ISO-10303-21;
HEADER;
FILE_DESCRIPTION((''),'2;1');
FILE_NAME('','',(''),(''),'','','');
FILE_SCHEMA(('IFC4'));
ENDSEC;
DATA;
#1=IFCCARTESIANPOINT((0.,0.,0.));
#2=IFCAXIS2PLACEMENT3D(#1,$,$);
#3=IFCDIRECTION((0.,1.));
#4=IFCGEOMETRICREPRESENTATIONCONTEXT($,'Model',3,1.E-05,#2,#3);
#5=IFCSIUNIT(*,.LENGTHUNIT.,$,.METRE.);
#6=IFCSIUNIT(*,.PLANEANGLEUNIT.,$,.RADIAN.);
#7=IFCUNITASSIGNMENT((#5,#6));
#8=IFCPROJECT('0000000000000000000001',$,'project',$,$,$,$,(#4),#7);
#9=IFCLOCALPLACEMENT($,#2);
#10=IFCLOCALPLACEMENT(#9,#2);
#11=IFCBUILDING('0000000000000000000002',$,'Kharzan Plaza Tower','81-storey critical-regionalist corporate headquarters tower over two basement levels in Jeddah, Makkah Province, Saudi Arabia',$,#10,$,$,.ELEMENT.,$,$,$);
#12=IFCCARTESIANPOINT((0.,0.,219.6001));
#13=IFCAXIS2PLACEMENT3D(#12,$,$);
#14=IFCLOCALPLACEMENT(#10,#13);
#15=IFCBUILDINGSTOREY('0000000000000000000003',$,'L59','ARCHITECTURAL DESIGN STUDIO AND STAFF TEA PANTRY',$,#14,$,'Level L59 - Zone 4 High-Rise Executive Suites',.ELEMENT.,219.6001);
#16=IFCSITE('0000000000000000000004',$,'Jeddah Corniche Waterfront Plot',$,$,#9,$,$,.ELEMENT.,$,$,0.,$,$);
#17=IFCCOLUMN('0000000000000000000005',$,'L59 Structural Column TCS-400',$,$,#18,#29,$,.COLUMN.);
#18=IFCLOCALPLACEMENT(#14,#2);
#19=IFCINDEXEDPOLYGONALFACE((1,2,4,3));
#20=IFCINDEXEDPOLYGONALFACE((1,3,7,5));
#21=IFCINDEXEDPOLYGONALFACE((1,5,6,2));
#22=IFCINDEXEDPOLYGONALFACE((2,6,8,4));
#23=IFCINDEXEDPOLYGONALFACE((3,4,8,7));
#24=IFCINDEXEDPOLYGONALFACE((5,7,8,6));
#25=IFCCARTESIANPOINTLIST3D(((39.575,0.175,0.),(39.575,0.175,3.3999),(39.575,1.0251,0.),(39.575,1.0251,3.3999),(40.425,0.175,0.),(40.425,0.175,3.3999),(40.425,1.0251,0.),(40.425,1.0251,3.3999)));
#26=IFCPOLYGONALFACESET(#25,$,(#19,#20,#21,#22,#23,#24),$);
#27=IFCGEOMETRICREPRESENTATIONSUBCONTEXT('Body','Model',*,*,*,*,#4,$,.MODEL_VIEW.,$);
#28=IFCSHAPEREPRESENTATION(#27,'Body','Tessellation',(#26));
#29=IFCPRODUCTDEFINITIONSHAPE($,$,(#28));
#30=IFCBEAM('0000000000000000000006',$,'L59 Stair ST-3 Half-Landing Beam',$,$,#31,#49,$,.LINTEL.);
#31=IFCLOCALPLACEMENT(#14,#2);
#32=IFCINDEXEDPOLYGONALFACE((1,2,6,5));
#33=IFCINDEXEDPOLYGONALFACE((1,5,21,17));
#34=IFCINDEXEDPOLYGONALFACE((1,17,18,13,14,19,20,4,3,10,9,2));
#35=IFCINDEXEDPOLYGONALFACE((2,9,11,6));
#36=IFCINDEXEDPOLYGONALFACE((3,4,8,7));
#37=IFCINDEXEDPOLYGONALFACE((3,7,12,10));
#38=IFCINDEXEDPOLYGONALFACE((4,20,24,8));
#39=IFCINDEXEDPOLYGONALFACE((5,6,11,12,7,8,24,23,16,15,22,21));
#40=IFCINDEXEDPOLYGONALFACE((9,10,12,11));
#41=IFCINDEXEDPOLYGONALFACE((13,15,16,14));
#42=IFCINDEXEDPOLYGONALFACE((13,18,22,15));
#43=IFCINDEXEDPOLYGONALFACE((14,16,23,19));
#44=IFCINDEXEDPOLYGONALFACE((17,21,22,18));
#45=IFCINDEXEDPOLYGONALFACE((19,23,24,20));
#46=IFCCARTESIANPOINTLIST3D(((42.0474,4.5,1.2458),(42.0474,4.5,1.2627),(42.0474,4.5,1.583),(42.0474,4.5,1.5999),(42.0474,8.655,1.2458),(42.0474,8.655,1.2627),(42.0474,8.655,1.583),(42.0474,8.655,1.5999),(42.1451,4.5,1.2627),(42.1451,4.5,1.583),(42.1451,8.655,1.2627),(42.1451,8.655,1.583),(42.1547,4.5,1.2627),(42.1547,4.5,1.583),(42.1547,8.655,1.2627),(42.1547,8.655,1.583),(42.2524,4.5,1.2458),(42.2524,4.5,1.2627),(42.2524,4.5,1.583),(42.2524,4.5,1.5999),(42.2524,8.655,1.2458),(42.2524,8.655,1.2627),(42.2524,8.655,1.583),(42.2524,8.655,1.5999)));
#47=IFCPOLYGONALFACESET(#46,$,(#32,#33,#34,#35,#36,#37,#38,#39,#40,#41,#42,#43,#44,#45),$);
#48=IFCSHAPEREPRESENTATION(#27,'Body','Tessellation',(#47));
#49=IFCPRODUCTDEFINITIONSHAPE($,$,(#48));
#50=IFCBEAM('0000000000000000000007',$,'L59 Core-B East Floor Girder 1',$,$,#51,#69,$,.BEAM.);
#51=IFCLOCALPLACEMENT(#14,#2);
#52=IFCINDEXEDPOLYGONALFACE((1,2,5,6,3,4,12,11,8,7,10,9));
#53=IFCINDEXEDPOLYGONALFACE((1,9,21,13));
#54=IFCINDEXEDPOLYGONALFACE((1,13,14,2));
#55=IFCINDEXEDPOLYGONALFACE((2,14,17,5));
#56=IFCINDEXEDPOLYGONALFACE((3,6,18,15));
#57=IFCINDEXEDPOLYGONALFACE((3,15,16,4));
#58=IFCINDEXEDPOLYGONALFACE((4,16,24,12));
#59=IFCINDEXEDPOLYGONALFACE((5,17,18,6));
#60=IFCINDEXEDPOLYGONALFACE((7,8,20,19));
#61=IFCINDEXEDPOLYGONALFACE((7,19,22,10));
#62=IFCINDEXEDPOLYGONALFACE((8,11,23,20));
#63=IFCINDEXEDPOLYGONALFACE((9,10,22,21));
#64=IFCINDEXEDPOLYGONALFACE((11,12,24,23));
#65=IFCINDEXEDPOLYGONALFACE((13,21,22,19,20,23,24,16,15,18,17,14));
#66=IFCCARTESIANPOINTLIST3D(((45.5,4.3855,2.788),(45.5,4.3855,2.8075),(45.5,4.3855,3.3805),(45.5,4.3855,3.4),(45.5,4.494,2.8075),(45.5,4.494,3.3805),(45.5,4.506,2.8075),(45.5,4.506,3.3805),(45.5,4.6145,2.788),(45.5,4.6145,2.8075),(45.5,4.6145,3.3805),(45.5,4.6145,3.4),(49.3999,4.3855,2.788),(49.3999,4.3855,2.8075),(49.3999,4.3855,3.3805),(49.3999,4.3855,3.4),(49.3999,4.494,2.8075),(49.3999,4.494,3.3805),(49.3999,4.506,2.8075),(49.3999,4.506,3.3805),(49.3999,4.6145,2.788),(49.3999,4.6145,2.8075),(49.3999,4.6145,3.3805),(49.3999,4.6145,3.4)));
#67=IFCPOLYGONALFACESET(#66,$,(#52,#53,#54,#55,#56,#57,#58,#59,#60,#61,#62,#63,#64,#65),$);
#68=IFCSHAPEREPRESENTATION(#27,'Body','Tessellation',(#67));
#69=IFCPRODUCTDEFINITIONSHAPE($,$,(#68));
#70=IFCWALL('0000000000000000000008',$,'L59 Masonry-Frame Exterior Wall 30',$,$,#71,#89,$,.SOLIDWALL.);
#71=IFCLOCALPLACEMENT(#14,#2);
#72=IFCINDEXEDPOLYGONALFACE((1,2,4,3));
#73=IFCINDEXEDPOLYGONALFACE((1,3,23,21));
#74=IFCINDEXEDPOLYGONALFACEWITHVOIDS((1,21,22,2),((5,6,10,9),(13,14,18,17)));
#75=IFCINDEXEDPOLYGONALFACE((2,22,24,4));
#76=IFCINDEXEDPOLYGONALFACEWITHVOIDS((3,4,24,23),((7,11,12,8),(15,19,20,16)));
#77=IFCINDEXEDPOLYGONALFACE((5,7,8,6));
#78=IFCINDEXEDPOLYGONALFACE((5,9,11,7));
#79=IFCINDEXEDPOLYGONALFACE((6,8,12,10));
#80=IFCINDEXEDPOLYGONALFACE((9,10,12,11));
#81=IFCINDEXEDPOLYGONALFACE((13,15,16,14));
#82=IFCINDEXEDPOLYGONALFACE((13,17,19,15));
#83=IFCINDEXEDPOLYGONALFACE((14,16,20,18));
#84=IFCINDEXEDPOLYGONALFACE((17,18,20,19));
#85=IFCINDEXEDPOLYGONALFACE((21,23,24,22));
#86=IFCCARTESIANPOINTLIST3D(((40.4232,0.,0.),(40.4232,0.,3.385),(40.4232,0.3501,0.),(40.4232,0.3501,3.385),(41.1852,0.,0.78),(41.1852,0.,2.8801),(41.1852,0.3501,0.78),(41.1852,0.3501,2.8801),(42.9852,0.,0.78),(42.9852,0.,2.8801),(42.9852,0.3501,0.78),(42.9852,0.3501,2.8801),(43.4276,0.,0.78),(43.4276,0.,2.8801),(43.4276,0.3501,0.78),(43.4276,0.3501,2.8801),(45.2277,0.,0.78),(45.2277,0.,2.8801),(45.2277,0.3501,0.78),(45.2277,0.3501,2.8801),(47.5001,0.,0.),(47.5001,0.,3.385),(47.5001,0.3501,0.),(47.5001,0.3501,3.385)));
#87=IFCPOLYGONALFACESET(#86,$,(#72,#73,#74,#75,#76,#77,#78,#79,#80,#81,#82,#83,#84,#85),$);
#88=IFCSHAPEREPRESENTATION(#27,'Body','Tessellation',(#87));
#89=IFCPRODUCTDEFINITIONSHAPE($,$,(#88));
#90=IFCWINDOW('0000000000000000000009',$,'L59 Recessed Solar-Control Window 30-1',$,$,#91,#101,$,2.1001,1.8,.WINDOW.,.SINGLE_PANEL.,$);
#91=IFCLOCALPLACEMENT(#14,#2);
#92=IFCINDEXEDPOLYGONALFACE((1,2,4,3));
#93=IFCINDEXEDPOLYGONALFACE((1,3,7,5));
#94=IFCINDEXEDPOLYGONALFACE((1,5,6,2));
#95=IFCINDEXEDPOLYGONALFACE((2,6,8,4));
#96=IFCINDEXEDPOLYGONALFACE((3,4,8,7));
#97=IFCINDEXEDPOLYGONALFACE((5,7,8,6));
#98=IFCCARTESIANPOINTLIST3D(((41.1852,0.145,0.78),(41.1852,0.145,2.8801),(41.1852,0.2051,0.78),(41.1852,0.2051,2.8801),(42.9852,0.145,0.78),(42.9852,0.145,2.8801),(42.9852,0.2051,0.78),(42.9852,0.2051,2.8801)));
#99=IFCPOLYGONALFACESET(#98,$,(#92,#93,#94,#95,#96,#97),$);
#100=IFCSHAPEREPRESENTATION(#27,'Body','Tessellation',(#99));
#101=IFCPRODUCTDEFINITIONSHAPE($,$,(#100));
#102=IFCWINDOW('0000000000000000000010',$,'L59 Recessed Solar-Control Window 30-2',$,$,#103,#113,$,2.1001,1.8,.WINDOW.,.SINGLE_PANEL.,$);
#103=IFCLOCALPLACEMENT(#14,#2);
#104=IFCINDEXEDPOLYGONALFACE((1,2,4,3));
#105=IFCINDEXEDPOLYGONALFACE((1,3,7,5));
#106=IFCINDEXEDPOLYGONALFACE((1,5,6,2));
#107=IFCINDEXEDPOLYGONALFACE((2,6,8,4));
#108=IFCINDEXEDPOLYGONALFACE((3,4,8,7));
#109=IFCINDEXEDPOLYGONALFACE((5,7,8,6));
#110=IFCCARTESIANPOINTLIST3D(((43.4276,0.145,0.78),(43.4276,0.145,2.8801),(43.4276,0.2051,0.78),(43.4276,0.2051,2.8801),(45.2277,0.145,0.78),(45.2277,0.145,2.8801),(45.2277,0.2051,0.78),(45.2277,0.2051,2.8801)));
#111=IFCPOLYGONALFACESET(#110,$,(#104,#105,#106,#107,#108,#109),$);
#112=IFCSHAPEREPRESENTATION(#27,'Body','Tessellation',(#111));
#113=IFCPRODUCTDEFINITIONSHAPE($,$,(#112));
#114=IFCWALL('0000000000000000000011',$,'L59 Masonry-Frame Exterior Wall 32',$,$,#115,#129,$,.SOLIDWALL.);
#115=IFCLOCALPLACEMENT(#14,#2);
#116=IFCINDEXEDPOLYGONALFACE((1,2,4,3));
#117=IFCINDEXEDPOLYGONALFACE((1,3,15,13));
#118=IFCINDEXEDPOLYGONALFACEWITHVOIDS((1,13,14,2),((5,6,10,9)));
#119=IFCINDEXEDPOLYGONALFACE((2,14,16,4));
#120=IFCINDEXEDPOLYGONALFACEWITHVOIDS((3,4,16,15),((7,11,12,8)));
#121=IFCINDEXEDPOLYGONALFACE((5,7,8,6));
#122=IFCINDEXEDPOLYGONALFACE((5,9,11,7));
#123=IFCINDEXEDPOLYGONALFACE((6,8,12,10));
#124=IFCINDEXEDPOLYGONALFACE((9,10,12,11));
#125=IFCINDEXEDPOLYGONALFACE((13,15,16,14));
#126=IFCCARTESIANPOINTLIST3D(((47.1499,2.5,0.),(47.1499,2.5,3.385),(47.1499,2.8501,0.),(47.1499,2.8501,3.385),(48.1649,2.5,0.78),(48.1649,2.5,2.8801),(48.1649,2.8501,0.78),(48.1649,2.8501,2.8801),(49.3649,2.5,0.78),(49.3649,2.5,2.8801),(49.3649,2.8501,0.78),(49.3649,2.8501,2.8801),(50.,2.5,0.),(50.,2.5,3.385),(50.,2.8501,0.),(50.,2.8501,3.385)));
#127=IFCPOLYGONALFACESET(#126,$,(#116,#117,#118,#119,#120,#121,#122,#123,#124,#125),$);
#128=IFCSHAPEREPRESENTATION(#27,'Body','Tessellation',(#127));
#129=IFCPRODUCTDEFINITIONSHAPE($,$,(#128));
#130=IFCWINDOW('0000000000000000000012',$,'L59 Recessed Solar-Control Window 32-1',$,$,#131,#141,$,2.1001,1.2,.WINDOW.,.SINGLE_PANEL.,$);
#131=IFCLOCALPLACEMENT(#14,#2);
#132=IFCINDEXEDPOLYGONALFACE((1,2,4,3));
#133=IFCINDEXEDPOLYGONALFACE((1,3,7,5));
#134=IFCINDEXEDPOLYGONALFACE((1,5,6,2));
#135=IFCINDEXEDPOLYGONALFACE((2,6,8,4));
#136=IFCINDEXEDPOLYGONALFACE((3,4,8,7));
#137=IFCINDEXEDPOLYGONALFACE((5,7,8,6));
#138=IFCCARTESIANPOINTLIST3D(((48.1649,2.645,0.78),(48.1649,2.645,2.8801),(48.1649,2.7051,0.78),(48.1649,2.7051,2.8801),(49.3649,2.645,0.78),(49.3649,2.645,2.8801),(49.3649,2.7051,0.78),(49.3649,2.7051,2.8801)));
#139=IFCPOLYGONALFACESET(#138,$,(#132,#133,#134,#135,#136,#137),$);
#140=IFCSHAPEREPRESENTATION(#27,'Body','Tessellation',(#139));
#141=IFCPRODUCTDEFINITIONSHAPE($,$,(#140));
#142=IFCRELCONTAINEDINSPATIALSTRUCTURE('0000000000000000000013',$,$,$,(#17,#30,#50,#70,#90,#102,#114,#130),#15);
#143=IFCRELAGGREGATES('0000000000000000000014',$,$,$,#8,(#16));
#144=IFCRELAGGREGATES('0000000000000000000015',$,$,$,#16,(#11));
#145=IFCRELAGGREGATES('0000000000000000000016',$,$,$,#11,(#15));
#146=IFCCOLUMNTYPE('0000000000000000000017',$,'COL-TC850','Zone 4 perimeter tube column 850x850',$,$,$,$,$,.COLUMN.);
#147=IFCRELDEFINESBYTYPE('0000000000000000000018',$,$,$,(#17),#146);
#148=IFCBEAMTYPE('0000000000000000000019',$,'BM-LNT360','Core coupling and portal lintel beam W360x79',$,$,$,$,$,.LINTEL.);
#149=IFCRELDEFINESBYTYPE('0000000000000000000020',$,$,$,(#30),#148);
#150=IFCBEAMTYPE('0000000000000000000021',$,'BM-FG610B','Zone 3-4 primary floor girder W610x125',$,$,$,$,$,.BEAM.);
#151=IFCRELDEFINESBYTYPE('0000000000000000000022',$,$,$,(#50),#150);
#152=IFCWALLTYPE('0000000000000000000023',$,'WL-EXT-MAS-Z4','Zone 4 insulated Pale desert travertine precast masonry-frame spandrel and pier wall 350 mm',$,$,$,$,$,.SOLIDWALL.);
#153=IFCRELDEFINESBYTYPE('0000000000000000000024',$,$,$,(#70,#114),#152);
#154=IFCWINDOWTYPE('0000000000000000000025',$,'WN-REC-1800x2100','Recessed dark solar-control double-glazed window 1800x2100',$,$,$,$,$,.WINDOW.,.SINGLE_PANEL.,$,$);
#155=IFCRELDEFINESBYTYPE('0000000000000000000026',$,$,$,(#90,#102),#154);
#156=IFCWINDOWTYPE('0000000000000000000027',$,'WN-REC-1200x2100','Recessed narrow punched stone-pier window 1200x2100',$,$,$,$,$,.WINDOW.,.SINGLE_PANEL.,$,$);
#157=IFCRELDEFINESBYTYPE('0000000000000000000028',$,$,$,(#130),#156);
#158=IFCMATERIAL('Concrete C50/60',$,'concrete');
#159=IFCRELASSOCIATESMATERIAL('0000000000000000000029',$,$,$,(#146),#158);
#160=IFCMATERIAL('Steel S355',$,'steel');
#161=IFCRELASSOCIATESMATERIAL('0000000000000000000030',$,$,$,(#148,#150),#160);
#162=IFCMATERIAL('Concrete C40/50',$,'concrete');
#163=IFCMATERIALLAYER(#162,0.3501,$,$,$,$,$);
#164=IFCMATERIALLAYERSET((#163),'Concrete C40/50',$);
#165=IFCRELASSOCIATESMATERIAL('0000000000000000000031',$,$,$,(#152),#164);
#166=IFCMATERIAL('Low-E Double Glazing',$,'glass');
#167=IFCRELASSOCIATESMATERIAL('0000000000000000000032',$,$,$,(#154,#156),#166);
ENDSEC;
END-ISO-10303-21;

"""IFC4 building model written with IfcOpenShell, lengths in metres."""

from ifc_helpers import new_model, si_unit, direction, frame, frame_2d, origin, origin_2d, place, context, subcontext, project, spatial, rectangle, i_section, extrude, source, transform, mapped, material, layer, layer_set, material_profile, profile_set, type_object, element, fill, save


model = new_model("IFC4")

# Units and contexts
model_context = context("Model", 3, precision=1e-05, world=origin(), true_north=direction((0.0, 1.0)))
body_context = subcontext(model_context, "Body", "Model", "MODEL_VIEW")
ifc_project = project(units=[si_unit("LENGTHUNIT", "METRE"), si_unit("PLANEANGLEUNIT", "RADIAN")], contexts=[model_context])

# Site, building, storey
site_placement = place(None, origin())
site = spatial("IfcSite", under=ifc_project, at=site_placement, Name="Jeddah Corniche Waterfront Plot", CompositionType="ELEMENT", RefElevation=0.0)
building_placement = place(site_placement, origin())
building = spatial("IfcBuilding", under=site, at=building_placement, Name="Kharzan Plaza Tower", Description="81-storey critical-regionalist corporate headquarters tower over two basement levels in Jeddah, Makkah Province, Saudi Arabia", CompositionType="ELEMENT")
storey_placement = place(building_placement, frame((0.0, 0.0, 219.6001)))
storey = spatial("IfcBuildingStorey", under=building, at=storey_placement, Name="L59", Description="ARCHITECTURAL DESIGN STUDIO AND STAFF TEA PANTRY", LongName="Level L59 - Zone 4 High-Rise Executive Suites", CompositionType="ELEMENT", Elevation=219.6001)

# Column
ifc_material_1 = material(Name="Concrete C50/60", Category="concrete")
ifc_material_profile_1 = material_profile(ifc_material_1, rectangle(XDim=0.8501, YDim=0.8501, at=origin_2d()), Name="RC-TC850x850")
ifc_profile_set_1 = profile_set([ifc_material_profile_1], Name="Concrete C50/60")
column_type = type_object("IfcColumnType", Name="COL-TC850", Description="Zone 4 perimeter tube column 850x850", PredefinedType="COLUMN", material=ifc_profile_set_1)
shared_shape_1 = source(origin(), body_context, "Body", "SweptSolid", [
    extrude(rectangle(XDim=0.8501, YDim=0.8501, at=origin_2d()), origin(), (0.0, 0.0, 1.0), 3.3999),
])
column_placement = place(storey_placement, frame((40.0, 0.6001, 0.0), z_axis=(0.0, 0.0, 1.0), x_axis=(1.0, 0.0, 0.0)))
element("IfcColumn", 1, at=column_placement, inside=storey, type_object=column_type, Name="L59 Structural Column TCS-400", PredefinedType="COLUMN", context=body_context, shape_type="MappedRepresentation", body=[
    mapped(shared_shape_1, transform((0.0, 0.0, 0.0), x_axis=(1.0, 0.0, 0.0), y_axis=(0.0, 1.0, 0.0), z_axis=(0.0, 0.0, 1.0))),
])

# Beams
ifc_material_2 = material(Name="Steel S355", Category="steel")
ifc_material_profile_2 = material_profile(ifc_material_2, i_section(OverallWidth=0.2051, OverallDepth=0.354, WebThickness=0.0095, FlangeThickness=0.0168, at=origin_2d()), Name="W360x79")
ifc_profile_set_2 = profile_set([ifc_material_profile_2], Name="Steel S355")
beam_type_1 = type_object("IfcBeamType", Name="BM-LNT360", Description="Core coupling and portal lintel beam W360x79", PredefinedType="LINTEL", material=ifc_profile_set_2)
shared_shape_2 = source(origin(), body_context, "Body", "SweptSolid", [
    extrude(i_section(OverallWidth=0.2051, OverallDepth=0.354, WebThickness=0.0095, FlangeThickness=0.0168, at=origin_2d()), origin(), (0.0, 0.0, 1.0), 4.155),
])
beam_1_placement = place(storey_placement, frame((42.1499, 4.5, 1.4229), z_axis=(0.0, 1.0, 0.0), x_axis=(-1.0, 0.0, 0.0)))
element("IfcBeam", 2, at=beam_1_placement, inside=storey, type_object=beam_type_1, Name="L59 Stair ST-3 Half-Landing Beam", PredefinedType="LINTEL", context=body_context, shape_type="MappedRepresentation", body=[
    mapped(shared_shape_2, transform((0.0, 0.0, 0.0), x_axis=(1.0, 0.0, 0.0), y_axis=(0.0, 1.0, 0.0), z_axis=(0.0, 0.0, 1.0))),
])
ifc_material_profile_3 = material_profile(ifc_material_2, i_section(OverallWidth=0.229, OverallDepth=0.6121, WebThickness=0.012, FlangeThickness=0.0195, at=origin_2d()), Name="W610x125")
ifc_profile_set_3 = profile_set([ifc_material_profile_3], Name="Steel S355")
beam_type_2 = type_object("IfcBeamType", Name="BM-FG610B", Description="Zone 3-4 primary floor girder W610x125", PredefinedType="BEAM", material=ifc_profile_set_3)
shared_shape_3 = source(origin(), body_context, "Body", "SweptSolid", [
    extrude(i_section(OverallWidth=0.229, OverallDepth=0.6121, WebThickness=0.012, FlangeThickness=0.0195, at=origin_2d()), origin(), (0.0, 0.0, 1.0), 3.8999),
])
beam_2_placement = place(storey_placement, frame((45.5, 4.5, 3.094), z_axis=(1.0, 0.0, 0.0), x_axis=(0.0, 1.0, 0.0)))
element("IfcBeam", 3, at=beam_2_placement, inside=storey, type_object=beam_type_2, Name="L59 Core-B East Floor Girder 1", PredefinedType="BEAM", context=body_context, shape_type="MappedRepresentation", body=[
    mapped(shared_shape_3, transform((0.0, 0.0, 0.0), x_axis=(1.0, 0.0, 0.0), y_axis=(0.0, 1.0, 0.0), z_axis=(0.0, 0.0, 1.0))),
])

# Wall, openings, windows
ifc_material_3 = material(Name="Concrete C40/50", Category="concrete")
ifc_layer_1 = layer(ifc_material_3, 0.3501)
ifc_layer_set_1 = layer_set([ifc_layer_1], Name="Concrete C40/50")
wall_type_1 = type_object("IfcWallType", Name="WL-EXT-MAS-Z4", Description="Zone 4 insulated Pale desert travertine precast masonry-frame spandrel and pier wall 350 mm", PredefinedType="SOLIDWALL", material=ifc_layer_set_1)
wall_1_placement = place(storey_placement, frame((40.4231, 0.175, 0.0), z_axis=(0.0, 0.0, 1.0), x_axis=(1.0, 0.0, 0.0)))
wall_1 = element("IfcWall", 4, at=wall_1_placement, inside=storey, type_object=wall_type_1, Name="L59 Masonry-Frame Exterior Wall 30", PredefinedType="SOLIDWALL", context=body_context, shape_type="SweptSolid", body=[
    extrude(rectangle(XDim=7.0769, YDim=0.3501, at=frame_2d((3.5386, 0.0))), origin(), (0.0, 0.0, 1.0), 3.385),
])
opening_1_placement = place(wall_1_placement, frame((0.7622, 0.0, 0.78)))
opening_1 = element("IfcOpeningElement", 5, at=opening_1_placement, cuts=wall_1, PredefinedType="OPENING", context=body_context, shape_type="SweptSolid", body=[
    extrude(rectangle(XDim=1.8, YDim=2.1001, at=frame_2d((0.8999, 1.05))), frame((0.0, 0.1851, 0.0), z_axis=(0.0, -1.0, 0.0), x_axis=(1.0, 0.0, 0.0)), (0.0, 0.0, 1.0), 0.3701),
])
opening_2_placement = place(wall_1_placement, frame((3.0046, 0.0, 0.78)))
opening_2 = element("IfcOpeningElement", 6, at=opening_2_placement, cuts=wall_1, PredefinedType="OPENING", context=body_context, shape_type="SweptSolid", body=[
    extrude(rectangle(XDim=1.8, YDim=2.1001, at=frame_2d((0.8999, 1.05))), frame((0.0, 0.1851, 0.0), z_axis=(0.0, -1.0, 0.0), x_axis=(1.0, 0.0, 0.0)), (0.0, 0.0, 1.0), 0.3701),
])
ifc_material_4 = material(Name="Low-E Double Glazing", Category="glass")
window_type_1 = type_object("IfcWindowType", Name="WN-REC-1800x2100", Description="Recessed dark solar-control double-glazed window 1800x2100", PartitioningType="SINGLE_PANEL", PredefinedType="WINDOW", material=ifc_material_4)
shared_shape_4 = source(origin(), body_context, "Body", "SweptSolid", [
    extrude(rectangle(XDim=1.8, YDim=2.1001, at=frame_2d((0.8999, 1.05))), frame((0.0, 0.03, 0.0), z_axis=(0.0, -1.0, 0.0), x_axis=(1.0, 0.0, 0.0)), (0.0, 0.0, 1.0), 0.0601),
])
window_1_placement = place(opening_1_placement, origin())
window_1 = element("IfcWindow", 7, at=window_1_placement, inside=storey, type_object=window_type_1, Name="L59 Recessed Solar-Control Window 30-1", OverallHeight=2.1001, OverallWidth=1.8, PartitioningType="SINGLE_PANEL", PredefinedType="WINDOW", context=body_context, shape_type="MappedRepresentation", body=[
    mapped(shared_shape_4, transform((0.0, 0.0, 0.0), x_axis=(1.0, 0.0, 0.0), y_axis=(0.0, 1.0, 0.0), z_axis=(0.0, 0.0, 1.0))),
])
fill(opening_1, window_1)
window_2_placement = place(opening_2_placement, origin())
window_2 = element("IfcWindow", 8, at=window_2_placement, inside=storey, type_object=window_type_1, Name="L59 Recessed Solar-Control Window 30-2", OverallHeight=2.1001, OverallWidth=1.8, PartitioningType="SINGLE_PANEL", PredefinedType="WINDOW", context=body_context, shape_type="MappedRepresentation", body=[
    mapped(shared_shape_4, transform((0.0, 0.0, 0.0), x_axis=(1.0, 0.0, 0.0), y_axis=(0.0, 1.0, 0.0), z_axis=(0.0, 0.0, 1.0))),
])
fill(opening_2, window_2)

# Wall, opening, window
wall_2_placement = place(storey_placement, frame((47.1499, 2.675, 0.0), z_axis=(0.0, 0.0, 1.0), x_axis=(1.0, 0.0, 0.0)))
wall_2 = element("IfcWall", 9, at=wall_2_placement, inside=storey, type_object=wall_type_1, Name="L59 Masonry-Frame Exterior Wall 32", PredefinedType="SOLIDWALL", context=body_context, shape_type="SweptSolid", body=[
    extrude(rectangle(XDim=2.8501, YDim=0.3501, at=frame_2d((1.425, 0.0))), origin(), (0.0, 0.0, 1.0), 3.385),
])
opening_3_placement = place(wall_2_placement, frame((1.0149, 0.0, 0.78)))
opening_3 = element("IfcOpeningElement", 10, at=opening_3_placement, cuts=wall_2, PredefinedType="OPENING", context=body_context, shape_type="SweptSolid", body=[
    extrude(rectangle(XDim=1.2, YDim=2.1001, at=frame_2d((0.6001, 1.05))), frame((0.0, 0.1851, 0.0), z_axis=(0.0, -1.0, 0.0), x_axis=(1.0, 0.0, 0.0)), (0.0, 0.0, 1.0), 0.3701),
])
window_type_2 = type_object("IfcWindowType", Name="WN-REC-1200x2100", Description="Recessed narrow punched stone-pier window 1200x2100", PartitioningType="SINGLE_PANEL", PredefinedType="WINDOW", material=ifc_material_4)
shared_shape_5 = source(origin(), body_context, "Body", "SweptSolid", [
    extrude(rectangle(XDim=1.2, YDim=2.1001, at=frame_2d((0.6001, 1.05))), frame((0.0, 0.03, 0.0), z_axis=(0.0, -1.0, 0.0), x_axis=(1.0, 0.0, 0.0)), (0.0, 0.0, 1.0), 0.0601),
])
window_3_placement = place(opening_3_placement, origin())
window_3 = element("IfcWindow", 11, at=window_3_placement, inside=storey, type_object=window_type_2, Name="L59 Recessed Solar-Control Window 32-1", OverallHeight=2.1001, OverallWidth=1.2, PartitioningType="SINGLE_PANEL", PredefinedType="WINDOW", context=body_context, shape_type="MappedRepresentation", body=[
    mapped(shared_shape_5, transform((0.0, 0.0, 0.0), x_axis=(1.0, 0.0, 0.0), y_axis=(0.0, 1.0, 0.0), z_axis=(0.0, 0.0, 1.0))),
])
fill(opening_3, window_3)

save(model, "model.ifc")
